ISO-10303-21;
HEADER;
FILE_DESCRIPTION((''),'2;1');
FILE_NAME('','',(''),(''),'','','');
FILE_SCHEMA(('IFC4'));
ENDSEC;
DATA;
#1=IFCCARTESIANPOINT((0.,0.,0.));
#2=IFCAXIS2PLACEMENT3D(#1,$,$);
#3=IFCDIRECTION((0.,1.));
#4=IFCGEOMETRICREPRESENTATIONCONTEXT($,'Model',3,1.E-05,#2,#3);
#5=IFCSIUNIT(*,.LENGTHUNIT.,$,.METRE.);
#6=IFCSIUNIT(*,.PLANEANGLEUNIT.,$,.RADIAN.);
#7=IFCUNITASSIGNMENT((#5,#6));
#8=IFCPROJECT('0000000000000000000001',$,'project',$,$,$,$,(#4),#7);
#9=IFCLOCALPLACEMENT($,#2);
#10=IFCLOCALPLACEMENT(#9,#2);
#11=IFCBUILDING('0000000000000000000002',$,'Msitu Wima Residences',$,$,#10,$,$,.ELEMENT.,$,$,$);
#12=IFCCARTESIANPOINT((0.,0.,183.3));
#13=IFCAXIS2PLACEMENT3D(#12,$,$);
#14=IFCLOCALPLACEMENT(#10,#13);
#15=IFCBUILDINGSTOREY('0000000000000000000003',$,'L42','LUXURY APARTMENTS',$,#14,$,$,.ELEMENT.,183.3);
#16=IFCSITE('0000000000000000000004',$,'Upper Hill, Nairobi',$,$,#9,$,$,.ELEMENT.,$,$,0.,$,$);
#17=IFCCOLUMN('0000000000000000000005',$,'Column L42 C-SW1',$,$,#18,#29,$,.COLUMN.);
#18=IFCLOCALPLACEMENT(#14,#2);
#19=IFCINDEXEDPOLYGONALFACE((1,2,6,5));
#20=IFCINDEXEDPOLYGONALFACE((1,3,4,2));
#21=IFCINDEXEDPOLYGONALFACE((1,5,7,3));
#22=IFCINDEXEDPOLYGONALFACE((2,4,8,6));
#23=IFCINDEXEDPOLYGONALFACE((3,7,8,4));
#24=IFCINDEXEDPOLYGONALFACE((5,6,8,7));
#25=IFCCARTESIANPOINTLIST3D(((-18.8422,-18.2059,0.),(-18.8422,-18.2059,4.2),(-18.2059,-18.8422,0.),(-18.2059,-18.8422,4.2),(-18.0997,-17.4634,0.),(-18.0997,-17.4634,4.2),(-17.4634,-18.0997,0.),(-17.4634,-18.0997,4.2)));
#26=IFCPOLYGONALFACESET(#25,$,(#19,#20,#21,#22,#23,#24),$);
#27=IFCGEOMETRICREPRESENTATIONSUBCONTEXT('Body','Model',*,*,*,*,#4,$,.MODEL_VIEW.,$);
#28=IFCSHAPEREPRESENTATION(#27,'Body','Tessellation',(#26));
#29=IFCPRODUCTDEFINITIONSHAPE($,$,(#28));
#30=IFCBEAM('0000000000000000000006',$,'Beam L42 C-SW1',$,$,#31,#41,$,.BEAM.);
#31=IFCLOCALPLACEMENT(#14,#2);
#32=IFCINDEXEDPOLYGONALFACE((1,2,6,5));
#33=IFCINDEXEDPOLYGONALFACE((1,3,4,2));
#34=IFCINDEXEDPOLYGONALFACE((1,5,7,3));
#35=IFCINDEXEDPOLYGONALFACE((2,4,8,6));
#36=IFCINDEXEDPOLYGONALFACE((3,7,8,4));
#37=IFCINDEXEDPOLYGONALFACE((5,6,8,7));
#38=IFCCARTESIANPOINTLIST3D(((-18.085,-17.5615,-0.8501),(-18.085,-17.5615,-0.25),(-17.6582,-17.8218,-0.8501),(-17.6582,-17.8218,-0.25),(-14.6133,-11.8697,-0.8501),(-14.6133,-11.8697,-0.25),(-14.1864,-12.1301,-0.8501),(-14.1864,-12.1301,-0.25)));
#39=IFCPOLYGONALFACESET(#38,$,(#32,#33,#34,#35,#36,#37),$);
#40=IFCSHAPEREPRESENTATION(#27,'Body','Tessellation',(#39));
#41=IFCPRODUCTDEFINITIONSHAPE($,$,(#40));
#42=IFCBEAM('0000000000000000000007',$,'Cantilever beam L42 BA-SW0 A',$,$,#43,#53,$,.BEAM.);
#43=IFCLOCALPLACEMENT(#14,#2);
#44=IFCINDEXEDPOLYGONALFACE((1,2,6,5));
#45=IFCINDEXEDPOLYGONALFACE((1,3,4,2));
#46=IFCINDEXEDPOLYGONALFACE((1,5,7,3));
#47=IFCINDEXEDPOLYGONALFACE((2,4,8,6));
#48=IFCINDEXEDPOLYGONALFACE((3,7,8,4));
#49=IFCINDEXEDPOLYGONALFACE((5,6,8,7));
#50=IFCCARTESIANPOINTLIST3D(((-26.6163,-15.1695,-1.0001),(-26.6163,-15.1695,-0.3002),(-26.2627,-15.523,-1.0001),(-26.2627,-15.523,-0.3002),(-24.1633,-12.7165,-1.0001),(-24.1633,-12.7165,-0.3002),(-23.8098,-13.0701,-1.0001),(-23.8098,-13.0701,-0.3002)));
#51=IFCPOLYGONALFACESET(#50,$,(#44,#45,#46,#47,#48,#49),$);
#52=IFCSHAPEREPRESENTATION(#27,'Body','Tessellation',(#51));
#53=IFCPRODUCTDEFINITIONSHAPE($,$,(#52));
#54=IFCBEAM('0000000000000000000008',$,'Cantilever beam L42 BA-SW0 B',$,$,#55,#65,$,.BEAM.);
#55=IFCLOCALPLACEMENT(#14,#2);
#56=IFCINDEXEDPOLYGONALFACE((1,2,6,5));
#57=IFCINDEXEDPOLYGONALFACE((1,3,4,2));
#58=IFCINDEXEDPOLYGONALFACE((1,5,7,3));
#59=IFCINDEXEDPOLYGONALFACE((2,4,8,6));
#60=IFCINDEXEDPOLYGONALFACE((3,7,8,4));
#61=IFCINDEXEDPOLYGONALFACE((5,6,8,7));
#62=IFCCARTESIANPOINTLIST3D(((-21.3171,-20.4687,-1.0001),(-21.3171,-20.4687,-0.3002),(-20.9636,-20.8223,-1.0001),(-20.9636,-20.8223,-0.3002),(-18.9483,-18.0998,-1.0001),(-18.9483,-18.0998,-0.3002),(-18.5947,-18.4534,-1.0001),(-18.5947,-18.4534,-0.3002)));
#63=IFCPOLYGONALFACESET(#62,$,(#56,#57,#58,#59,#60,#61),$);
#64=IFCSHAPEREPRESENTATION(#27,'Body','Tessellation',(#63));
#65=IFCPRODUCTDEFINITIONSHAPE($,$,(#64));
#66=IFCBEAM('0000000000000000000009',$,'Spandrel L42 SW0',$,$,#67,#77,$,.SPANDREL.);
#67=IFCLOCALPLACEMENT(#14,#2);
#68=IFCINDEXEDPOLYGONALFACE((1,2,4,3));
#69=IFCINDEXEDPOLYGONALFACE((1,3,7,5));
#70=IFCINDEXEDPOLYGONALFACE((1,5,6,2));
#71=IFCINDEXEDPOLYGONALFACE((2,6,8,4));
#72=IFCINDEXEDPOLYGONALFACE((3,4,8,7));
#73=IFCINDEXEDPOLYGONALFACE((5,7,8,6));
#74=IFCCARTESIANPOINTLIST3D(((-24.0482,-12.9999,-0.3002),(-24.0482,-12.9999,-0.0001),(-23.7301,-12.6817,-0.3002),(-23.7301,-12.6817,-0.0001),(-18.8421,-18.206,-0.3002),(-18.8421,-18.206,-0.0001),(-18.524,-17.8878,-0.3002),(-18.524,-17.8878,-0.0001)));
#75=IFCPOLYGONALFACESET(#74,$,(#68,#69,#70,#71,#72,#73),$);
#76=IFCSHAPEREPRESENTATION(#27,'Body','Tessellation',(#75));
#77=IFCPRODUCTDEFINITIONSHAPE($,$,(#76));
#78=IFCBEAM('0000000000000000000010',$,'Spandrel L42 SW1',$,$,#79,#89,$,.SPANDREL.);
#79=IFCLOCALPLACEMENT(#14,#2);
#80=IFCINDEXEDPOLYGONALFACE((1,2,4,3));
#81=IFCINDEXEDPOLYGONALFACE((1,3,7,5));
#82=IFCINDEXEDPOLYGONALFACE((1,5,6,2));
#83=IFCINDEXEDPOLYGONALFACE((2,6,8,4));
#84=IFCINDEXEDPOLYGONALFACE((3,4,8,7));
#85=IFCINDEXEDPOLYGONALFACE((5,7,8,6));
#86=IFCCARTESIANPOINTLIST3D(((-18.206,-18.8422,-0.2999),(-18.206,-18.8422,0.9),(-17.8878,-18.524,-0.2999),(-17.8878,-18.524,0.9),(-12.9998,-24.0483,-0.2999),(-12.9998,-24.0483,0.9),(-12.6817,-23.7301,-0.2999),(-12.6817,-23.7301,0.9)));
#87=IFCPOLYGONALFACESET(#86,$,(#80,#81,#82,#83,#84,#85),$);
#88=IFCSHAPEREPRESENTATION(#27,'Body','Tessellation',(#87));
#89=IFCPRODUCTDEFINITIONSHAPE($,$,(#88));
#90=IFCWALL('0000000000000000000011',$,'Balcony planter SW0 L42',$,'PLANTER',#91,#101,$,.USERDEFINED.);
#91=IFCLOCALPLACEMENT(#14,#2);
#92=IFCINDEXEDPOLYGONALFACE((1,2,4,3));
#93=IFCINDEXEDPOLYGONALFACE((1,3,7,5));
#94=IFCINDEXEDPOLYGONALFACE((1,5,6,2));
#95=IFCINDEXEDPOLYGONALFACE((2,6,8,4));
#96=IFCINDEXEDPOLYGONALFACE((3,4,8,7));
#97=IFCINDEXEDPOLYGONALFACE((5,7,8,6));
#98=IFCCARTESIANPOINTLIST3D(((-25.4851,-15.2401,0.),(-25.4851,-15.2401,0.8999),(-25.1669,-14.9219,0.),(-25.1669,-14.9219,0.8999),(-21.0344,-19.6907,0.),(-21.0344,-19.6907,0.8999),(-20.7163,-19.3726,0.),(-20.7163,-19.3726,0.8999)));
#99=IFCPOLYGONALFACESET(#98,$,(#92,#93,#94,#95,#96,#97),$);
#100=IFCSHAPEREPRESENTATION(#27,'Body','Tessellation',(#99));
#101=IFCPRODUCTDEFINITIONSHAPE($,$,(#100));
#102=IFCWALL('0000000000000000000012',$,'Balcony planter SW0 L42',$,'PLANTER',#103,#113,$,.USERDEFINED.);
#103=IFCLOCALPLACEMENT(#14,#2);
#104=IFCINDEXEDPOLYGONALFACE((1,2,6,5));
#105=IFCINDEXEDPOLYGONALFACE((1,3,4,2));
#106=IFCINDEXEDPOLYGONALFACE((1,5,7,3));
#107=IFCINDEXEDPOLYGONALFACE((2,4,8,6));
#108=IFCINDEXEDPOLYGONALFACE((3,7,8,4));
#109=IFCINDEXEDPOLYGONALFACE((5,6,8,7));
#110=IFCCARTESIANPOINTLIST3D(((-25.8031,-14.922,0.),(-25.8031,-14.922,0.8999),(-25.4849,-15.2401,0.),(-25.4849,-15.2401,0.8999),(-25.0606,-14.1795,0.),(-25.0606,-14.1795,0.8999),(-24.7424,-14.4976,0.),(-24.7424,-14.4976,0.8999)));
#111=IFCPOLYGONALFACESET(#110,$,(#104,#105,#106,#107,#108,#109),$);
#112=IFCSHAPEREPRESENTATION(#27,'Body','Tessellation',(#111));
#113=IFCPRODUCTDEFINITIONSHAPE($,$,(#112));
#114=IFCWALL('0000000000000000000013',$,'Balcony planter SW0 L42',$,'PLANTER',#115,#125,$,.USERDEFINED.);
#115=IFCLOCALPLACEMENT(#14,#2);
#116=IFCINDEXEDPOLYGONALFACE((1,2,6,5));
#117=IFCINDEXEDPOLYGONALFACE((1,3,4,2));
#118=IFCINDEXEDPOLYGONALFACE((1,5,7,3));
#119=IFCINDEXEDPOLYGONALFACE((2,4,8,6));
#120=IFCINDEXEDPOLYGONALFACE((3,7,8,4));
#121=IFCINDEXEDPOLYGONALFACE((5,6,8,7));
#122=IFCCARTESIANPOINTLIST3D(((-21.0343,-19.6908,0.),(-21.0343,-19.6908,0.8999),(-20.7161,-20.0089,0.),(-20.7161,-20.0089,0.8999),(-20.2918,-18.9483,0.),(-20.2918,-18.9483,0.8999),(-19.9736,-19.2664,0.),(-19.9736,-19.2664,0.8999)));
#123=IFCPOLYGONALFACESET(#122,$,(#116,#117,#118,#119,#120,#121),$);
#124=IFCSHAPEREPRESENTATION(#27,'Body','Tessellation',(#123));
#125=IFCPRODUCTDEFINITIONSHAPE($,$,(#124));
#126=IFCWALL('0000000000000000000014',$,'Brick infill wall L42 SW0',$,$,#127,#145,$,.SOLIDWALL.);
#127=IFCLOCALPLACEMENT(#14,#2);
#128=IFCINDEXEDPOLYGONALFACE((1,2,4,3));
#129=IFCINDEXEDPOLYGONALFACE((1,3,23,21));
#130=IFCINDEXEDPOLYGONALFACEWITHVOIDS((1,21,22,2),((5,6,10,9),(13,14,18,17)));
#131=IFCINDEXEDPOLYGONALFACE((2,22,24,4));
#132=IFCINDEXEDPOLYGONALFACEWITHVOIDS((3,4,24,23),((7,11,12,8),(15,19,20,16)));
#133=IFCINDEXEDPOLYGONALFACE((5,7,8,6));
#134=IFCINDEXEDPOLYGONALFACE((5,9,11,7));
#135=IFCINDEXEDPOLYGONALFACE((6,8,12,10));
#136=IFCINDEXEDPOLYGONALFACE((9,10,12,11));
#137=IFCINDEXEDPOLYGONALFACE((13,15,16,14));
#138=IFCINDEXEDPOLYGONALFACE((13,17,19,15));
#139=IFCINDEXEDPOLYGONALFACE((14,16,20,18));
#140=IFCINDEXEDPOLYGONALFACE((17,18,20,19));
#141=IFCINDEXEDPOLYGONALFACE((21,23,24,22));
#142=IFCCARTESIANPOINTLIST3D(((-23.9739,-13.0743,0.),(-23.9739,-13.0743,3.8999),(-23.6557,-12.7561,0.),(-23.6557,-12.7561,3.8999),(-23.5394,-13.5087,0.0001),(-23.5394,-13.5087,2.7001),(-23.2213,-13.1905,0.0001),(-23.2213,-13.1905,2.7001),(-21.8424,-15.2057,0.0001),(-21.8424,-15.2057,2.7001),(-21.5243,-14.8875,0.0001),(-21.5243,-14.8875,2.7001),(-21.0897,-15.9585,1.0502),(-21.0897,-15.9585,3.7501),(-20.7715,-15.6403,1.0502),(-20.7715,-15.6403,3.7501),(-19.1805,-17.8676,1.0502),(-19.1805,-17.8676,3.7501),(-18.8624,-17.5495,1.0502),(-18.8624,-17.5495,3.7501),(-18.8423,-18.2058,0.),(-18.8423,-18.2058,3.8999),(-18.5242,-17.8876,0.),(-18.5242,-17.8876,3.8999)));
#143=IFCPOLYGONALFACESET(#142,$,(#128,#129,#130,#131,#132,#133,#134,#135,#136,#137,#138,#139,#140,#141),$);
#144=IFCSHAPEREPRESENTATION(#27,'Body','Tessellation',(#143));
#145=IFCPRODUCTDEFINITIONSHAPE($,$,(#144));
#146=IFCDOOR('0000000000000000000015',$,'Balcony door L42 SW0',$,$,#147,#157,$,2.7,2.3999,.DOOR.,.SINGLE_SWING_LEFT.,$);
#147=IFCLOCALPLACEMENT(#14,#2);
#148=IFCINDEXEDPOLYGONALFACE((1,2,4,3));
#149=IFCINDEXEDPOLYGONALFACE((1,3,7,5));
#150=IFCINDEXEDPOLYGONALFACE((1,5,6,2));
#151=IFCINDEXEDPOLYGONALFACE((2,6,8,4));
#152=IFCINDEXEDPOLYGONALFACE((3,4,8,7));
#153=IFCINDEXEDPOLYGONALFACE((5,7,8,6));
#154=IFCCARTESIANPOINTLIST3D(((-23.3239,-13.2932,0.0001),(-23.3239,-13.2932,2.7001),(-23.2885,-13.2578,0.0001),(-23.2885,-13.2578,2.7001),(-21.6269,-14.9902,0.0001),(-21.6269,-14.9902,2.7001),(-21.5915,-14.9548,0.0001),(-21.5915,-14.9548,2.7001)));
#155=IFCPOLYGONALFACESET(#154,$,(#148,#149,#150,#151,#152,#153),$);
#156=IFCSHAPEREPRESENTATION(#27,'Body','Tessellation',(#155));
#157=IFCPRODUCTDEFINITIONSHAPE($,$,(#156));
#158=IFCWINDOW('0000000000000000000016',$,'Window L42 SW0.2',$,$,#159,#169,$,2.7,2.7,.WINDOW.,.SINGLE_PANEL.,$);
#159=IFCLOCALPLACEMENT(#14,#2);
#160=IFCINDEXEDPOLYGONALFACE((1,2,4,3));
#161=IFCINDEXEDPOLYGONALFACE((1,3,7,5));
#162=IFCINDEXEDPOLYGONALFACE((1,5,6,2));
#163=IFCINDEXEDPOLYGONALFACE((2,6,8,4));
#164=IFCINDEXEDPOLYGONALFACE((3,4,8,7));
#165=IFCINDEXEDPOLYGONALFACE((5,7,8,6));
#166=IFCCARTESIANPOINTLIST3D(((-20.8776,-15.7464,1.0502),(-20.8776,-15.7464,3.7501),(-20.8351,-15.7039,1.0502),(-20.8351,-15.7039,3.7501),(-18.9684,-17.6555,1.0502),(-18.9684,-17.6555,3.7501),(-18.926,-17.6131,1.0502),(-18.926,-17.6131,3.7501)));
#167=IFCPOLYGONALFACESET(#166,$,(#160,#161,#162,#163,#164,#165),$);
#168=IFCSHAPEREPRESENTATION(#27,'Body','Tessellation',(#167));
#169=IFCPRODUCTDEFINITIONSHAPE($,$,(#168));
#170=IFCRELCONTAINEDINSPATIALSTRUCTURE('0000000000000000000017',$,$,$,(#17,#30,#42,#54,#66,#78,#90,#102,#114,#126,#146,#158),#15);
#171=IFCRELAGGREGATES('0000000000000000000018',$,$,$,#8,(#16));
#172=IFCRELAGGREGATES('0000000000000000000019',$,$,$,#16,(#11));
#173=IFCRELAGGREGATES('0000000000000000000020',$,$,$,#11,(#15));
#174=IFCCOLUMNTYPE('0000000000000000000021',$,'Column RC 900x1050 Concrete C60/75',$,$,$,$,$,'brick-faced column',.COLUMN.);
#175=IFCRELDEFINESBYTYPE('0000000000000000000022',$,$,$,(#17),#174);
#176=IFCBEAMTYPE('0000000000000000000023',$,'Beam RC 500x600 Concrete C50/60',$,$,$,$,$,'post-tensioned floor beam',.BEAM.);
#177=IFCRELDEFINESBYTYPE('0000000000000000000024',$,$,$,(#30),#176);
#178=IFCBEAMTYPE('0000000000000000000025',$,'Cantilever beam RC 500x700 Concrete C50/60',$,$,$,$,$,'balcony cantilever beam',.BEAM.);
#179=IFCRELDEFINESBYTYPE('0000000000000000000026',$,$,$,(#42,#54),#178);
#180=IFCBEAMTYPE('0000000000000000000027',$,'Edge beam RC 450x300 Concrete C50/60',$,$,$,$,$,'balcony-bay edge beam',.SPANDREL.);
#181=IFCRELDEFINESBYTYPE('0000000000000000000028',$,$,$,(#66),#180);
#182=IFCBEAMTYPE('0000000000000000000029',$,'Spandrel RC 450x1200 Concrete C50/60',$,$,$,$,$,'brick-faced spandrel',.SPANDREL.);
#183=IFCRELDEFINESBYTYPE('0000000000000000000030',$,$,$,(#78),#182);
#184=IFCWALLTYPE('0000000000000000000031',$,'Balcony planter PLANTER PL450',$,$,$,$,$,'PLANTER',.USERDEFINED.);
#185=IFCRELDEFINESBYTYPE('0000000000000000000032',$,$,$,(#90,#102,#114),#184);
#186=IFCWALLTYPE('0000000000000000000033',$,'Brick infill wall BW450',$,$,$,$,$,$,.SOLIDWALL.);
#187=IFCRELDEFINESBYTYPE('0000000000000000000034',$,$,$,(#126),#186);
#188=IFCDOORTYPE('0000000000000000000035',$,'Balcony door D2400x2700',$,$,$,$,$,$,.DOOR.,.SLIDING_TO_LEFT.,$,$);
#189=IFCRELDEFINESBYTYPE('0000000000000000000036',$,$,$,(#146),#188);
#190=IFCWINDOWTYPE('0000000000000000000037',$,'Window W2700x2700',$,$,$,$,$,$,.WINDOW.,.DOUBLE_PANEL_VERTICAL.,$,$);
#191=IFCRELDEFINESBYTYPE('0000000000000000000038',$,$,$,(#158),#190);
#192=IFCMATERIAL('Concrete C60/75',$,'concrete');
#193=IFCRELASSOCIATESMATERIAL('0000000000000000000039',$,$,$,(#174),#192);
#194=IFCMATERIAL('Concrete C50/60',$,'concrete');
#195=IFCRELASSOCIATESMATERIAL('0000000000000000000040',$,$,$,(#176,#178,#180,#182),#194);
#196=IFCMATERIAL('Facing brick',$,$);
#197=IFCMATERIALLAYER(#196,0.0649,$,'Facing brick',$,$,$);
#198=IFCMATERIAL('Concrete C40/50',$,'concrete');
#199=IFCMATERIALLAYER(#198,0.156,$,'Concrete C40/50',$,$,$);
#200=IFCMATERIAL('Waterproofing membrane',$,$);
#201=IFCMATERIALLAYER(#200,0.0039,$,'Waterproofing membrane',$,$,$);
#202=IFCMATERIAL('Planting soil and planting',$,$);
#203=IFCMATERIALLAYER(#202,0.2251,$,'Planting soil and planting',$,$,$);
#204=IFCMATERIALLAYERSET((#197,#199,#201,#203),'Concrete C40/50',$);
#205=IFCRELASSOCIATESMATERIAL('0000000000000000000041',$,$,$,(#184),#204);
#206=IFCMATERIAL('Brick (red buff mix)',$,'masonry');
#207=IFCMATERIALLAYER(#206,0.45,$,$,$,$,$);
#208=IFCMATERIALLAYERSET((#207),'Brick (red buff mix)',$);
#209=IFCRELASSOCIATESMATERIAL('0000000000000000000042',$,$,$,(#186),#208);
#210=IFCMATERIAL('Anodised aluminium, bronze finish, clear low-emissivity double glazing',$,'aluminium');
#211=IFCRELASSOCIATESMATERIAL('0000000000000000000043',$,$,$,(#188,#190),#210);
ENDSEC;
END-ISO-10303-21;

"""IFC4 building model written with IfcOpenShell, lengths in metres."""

from ifc_helpers import new_model, si_unit, direction, frame, frame_2d, origin, origin_2d, place, context, subcontext, project, spatial, rectangle, extrude, material, layer, layer_set, material_profile, profile_set, type_object, element, fill, save


model = new_model("IFC4")

# Units and contexts
model_context = context("Model", 3, precision=1e-05, world=origin(), true_north=direction((0.0, 1.0)))
body_context = subcontext(model_context, "Body", "Model", "MODEL_VIEW")
ifc_project = project(units=[si_unit("LENGTHUNIT", "METRE"), si_unit("PLANEANGLEUNIT", "RADIAN")], contexts=[model_context])

# Site, building, storey
site_placement = place(None, origin())
site = spatial("IfcSite", under=ifc_project, at=site_placement, Name="Upper Hill, Nairobi", CompositionType="ELEMENT", RefElevation=0.0)
building_placement = place(site_placement, origin())
building = spatial("IfcBuilding", under=site, at=building_placement, Name="Msitu Wima Residences", CompositionType="ELEMENT")
storey_placement = place(building_placement, frame((0.0, 0.0, 183.3)))
storey = spatial("IfcBuildingStorey", under=building, at=storey_placement, Name="L42", Description="LUXURY APARTMENTS", CompositionType="ELEMENT", Elevation=183.3)

# Column
ifc_material_1 = material(Name="Concrete C60/75", Category="concrete")
ifc_material_profile_1 = material_profile(ifc_material_1, rectangle(XDim=0.8999, YDim=1.05, at=origin_2d()), Name="RC 900x1050")
ifc_profile_set_1 = profile_set([ifc_material_profile_1], Name="Concrete C60/75")
column_type = type_object("IfcColumnType", Name="Column RC 900x1050 Concrete C60/75", ElementType="brick-faced column", PredefinedType="COLUMN", material=ifc_profile_set_1)
column_placement = place(storey_placement, frame((-18.1528, -18.1528, 0.0), z_axis=(0.0, 0.0, 1.0), x_axis=(0.707107, -0.707107, 0.0)))
element("IfcColumn", 1, at=column_placement, inside=storey, type_object=column_type, Name="Column L42 C-SW1", PredefinedType="COLUMN", context=body_context, shape_type="SweptSolid", body=[
    extrude(rectangle(XDim=0.8999, YDim=1.05, at=origin_2d()), origin(), (0.0, 0.0, 1.0), 4.2),
])

# Beams
ifc_material_2 = material(Name="Concrete C50/60", Category="concrete")
ifc_material_profile_2 = material_profile(ifc_material_2, rectangle(XDim=0.5, YDim=0.6001, at=origin_2d()), Name="RC 500x600")
ifc_profile_set_2 = profile_set([ifc_material_profile_2], Name="Concrete C50/60")
beam_type_1 = type_object("IfcBeamType", Name="Beam RC 500x600 Concrete C50/60", ElementType="post-tensioned floor beam", PredefinedType="BEAM", material=ifc_profile_set_2)
beam_1_placement = place(storey_placement, frame((-17.8716, -17.6917, -0.55), z_axis=(0.520734, 0.853719, 0.0), x_axis=(-0.853719, 0.520734, 0.0)))
element("IfcBeam", 2, at=beam_1_placement, inside=storey, type_object=beam_type_1, Name="Beam L42 C-SW1", PredefinedType="BEAM", context=body_context, shape_type="SweptSolid", body=[
    extrude(rectangle(XDim=0.5, YDim=0.6001, at=origin_2d()), origin(), (0.0, 0.0, 1.0), 6.667),
])
ifc_material_profile_3 = material_profile(ifc_material_2, rectangle(XDim=0.5, YDim=0.7, at=origin_2d()), Name="RC 500x700")
ifc_profile_set_3 = profile_set([ifc_material_profile_3], Name="Concrete C50/60")
beam_type_2 = type_object("IfcBeamType", Name="Cantilever beam RC 500x700 Concrete C50/60", ElementType="balcony cantilever beam", PredefinedType="BEAM", material=ifc_profile_set_3)
beam_2_placement = place(storey_placement, frame((-23.9866, -12.8933, -0.6501), z_axis=(-0.707107, -0.707107, 0.0), x_axis=(0.707107, -0.707107, 0.0)))
element("IfcBeam", 3, at=beam_2_placement, inside=storey, type_object=beam_type_2, Name="Cantilever beam L42 BA-SW0 A", PredefinedType="BEAM", context=body_context, shape_type="SweptSolid", body=[
    extrude(rectangle(XDim=0.5, YDim=0.7, at=origin_2d()), origin(), (0.0, 0.0, 1.0), 3.469),
])
beam_3_placement = place(storey_placement, frame((-18.7715, -18.2766, -0.6501), z_axis=(-0.707107, -0.707107, 0.0), x_axis=(0.707107, -0.707107, 0.0)))
element("IfcBeam", 4, at=beam_3_placement, inside=storey, type_object=beam_type_2, Name="Cantilever beam L42 BA-SW0 B", PredefinedType="BEAM", context=body_context, shape_type="SweptSolid", body=[
    extrude(rectangle(XDim=0.5, YDim=0.7, at=origin_2d()), origin(), (0.0, 0.0, 1.0), 3.3501),
])
ifc_material_profile_4 = material_profile(ifc_material_2, rectangle(XDim=0.45, YDim=0.3, at=origin_2d()), Name="RC 450x300")
ifc_profile_set_4 = profile_set([ifc_material_profile_4], Name="Concrete C50/60")
beam_type_3 = type_object("IfcBeamType", Name="Edge beam RC 450x300 Concrete C50/60", ElementType="balcony-bay edge beam", PredefinedType="SPANDREL", material=ifc_profile_set_4)
beam_4_placement = place(storey_placement, frame((-23.8892, -12.8408, -0.1501), z_axis=(0.707107, -0.707107, 0.0), x_axis=(0.707107, 0.707107, 0.0)))
element("IfcBeam", 5, at=beam_4_placement, inside=storey, type_object=beam_type_3, Name="Spandrel L42 SW0", PredefinedType="SPANDREL", context=body_context, shape_type="SweptSolid", body=[
    extrude(rectangle(XDim=0.45, YDim=0.3, at=origin_2d()), origin(), (0.0, 0.0, 1.0), 7.3625),
])
ifc_material_profile_5 = material_profile(ifc_material_2, rectangle(XDim=0.45, YDim=1.2, at=origin_2d()), Name="RC 450x1200")
ifc_profile_set_5 = profile_set([ifc_material_profile_5], Name="Concrete C50/60")
beam_type_4 = type_object("IfcBeamType", Name="Spandrel RC 450x1200 Concrete C50/60", ElementType="brick-faced spandrel", PredefinedType="SPANDREL", material=ifc_profile_set_5)
beam_5_placement = place(storey_placement, frame((-18.0469, -18.6831, 0.3), z_axis=(0.707107, -0.707107, 0.0), x_axis=(0.707107, 0.707107, 0.0)))
element("IfcBeam", 6, at=beam_5_placement, inside=storey, type_object=beam_type_4, Name="Spandrel L42 SW1", PredefinedType="SPANDREL", context=body_context, shape_type="SweptSolid", body=[
    extrude(rectangle(XDim=0.45, YDim=1.2, at=origin_2d()), origin(), (0.0, 0.0, 1.0), 7.3625),
])

# Walls
ifc_material_3 = material(Name="Facing brick")
ifc_layer_1 = layer(ifc_material_3, 0.0649, Name="Facing brick")
ifc_material_4 = material(Name="Concrete C40/50", Category="concrete")
ifc_layer_2 = layer(ifc_material_4, 0.156, Name="Concrete C40/50")
ifc_material_5 = material(Name="Waterproofing membrane")
ifc_layer_3 = layer(ifc_material_5, 0.0039, Name="Waterproofing membrane")
ifc_material_6 = material(Name="Planting soil and planting")
ifc_layer_4 = layer(ifc_material_6, 0.2251, Name="Planting soil and planting")
ifc_layer_set_1 = layer_set([ifc_layer_1, ifc_layer_2, ifc_layer_3, ifc_layer_4], Name="Concrete C40/50")
wall_type_1 = type_object("IfcWallType", Name="Balcony planter PLANTER PL450", ElementType="PLANTER", PredefinedType="USERDEFINED", material=ifc_layer_set_1)
wall_1_placement = place(storey_placement, frame((-25.3259, -15.0811, 0.0), z_axis=(0.0, 0.0, 1.0), x_axis=(0.707107, -0.707107, 0.0)))
element("IfcWall", 7, at=wall_1_placement, inside=storey, type_object=wall_type_1, Name="Balcony planter SW0 L42", ObjectType="PLANTER", PredefinedType="USERDEFINED", context=body_context, shape_type="SweptSolid", body=[
    extrude(rectangle(XDim=6.2942, YDim=0.45, at=frame_2d((3.147, 0.0))), origin(), (0.0, 0.0, 1.0), 0.8999),
])
for number, where, z_axis, x_axis, name in (
    (8, (-24.9016, -14.3386, 0.0), (0.0, 0.0, 1.0), (-0.707107, -0.707107, 0.0), "Balcony planter SW0 L42"),
    (9, (-20.1328, -19.1074, 0.0), (0.0, 0.0, 1.0), (-0.707107, -0.707107, 0.0), "Balcony planter SW0 L42"),
):
    element("IfcWall", number, at=place(storey_placement, frame(where, z_axis=z_axis, x_axis=x_axis)), inside=storey, type_object=wall_type_1, Name=name, ObjectType="PLANTER", PredefinedType="USERDEFINED", context=body_context, shape_type="SweptSolid", body=[
        extrude(rectangle(XDim=1.05, YDim=0.45, at=frame_2d((0.5249, 0.0))), origin(), (0.0, 0.0, 1.0), 0.8999),
    ])

# Wall, openings, door, window
ifc_material_7 = material(Name="Brick (red buff mix)", Category="masonry")
ifc_layer_5 = layer(ifc_material_7, 0.45)
ifc_layer_set_2 = layer_set([ifc_layer_5], Name="Brick (red buff mix)")
wall_type_2 = type_object("IfcWallType", Name="Brick infill wall BW450", PredefinedType="SOLIDWALL", material=ifc_layer_set_2)
wall_2_placement = place(storey_placement, frame((-23.8147, -12.9153, 0.0), z_axis=(0.0, 0.0, 1.0), x_axis=(0.707107, -0.707107, 0.0)))
wall_2 = element("IfcWall", 10, at=wall_2_placement, inside=storey, type_object=wall_type_2, Name="Brick infill wall L42 SW0", PredefinedType="SOLIDWALL", context=body_context, shape_type="SweptSolid", body=[
    extrude(rectangle(XDim=7.2571, YDim=0.45, at=frame_2d((3.6284, 0.0))), origin(), (0.0, 0.0, 1.0), 3.8999),
])
opening_1_placement = place(wall_2_placement, frame((0.6143, 0.0, 0.0)))
opening_1 = element("IfcOpeningElement", 11, at=opening_1_placement, cuts=wall_2, PredefinedType="OPENING", context=body_context, shape_type="SweptSolid", body=[
    extrude(rectangle(XDim=2.3999, YDim=2.7, at=frame_2d((1.2, 1.3501))), frame((0.0, 0.2349, 0.0), z_axis=(0.0, -1.0, 0.0), x_axis=(1.0, 0.0, 0.0)), (0.0, 0.0, 1.0), 0.47),
])
opening_2_placement = place(wall_2_placement, frame((4.0786, 0.0, 1.05)))
opening_2 = element("IfcOpeningElement", 12, at=opening_2_placement, cuts=wall_2, PredefinedType="OPENING", context=body_context, shape_type="SweptSolid", body=[
    extrude(rectangle(XDim=2.7, YDim=2.7, at=frame_2d((1.3501, 1.3501))), frame((0.0, 0.2349, 0.0), z_axis=(0.0, -1.0, 0.0), x_axis=(1.0, 0.0, 0.0)), (0.0, 0.0, 1.0), 0.47),
])
ifc_material_8 = material(Name="Anodised aluminium, bronze finish, clear low-emissivity double glazing", Category="aluminium")
door_type_1 = type_object("IfcDoorType", Name="Balcony door D2400x2700", OperationType="SLIDING_TO_LEFT", PredefinedType="DOOR", material=ifc_material_8)
door_1_placement = place(opening_1_placement, origin())
door_1 = element("IfcDoor", 13, at=door_1_placement, inside=storey, type_object=door_type_1, Name="Balcony door L42 SW0", OperationType="SINGLE_SWING_LEFT", OverallHeight=2.7, OverallWidth=2.3999, PredefinedType="DOOR", context=body_context, shape_type="SweptSolid", body=[
    extrude(rectangle(XDim=2.3999, YDim=2.7, at=frame_2d((1.2, 1.3501))), frame((0.0, 0.1299, 0.0), z_axis=(0.0, -1.0, 0.0), x_axis=(1.0, 0.0, 0.0)), (0.0, 0.0, 1.0), 0.05),
])
fill(opening_1, door_1)
window_type = type_object("IfcWindowType", Name="Window W2700x2700", PartitioningType="DOUBLE_PANEL_VERTICAL", PredefinedType="WINDOW", material=ifc_material_8)
window_1_placement = place(opening_2_placement, origin())
window_1 = element("IfcWindow", 14, at=window_1_placement, inside=storey, type_object=window_type, Name="Window L42 SW0.2", OverallHeight=2.7, OverallWidth=2.7, PartitioningType="SINGLE_PANEL", PredefinedType="WINDOW", context=body_context, shape_type="SweptSolid", body=[
    extrude(rectangle(XDim=2.7, YDim=2.7, at=frame_2d((1.3501, 1.3501))), frame((0.0, 0.135, 0.0), z_axis=(0.0, -1.0, 0.0), x_axis=(1.0, 0.0, 0.0)), (0.0, 0.0, 1.0), 0.0601),
])
fill(opening_2, window_1)

save(model, "model.ifc")
